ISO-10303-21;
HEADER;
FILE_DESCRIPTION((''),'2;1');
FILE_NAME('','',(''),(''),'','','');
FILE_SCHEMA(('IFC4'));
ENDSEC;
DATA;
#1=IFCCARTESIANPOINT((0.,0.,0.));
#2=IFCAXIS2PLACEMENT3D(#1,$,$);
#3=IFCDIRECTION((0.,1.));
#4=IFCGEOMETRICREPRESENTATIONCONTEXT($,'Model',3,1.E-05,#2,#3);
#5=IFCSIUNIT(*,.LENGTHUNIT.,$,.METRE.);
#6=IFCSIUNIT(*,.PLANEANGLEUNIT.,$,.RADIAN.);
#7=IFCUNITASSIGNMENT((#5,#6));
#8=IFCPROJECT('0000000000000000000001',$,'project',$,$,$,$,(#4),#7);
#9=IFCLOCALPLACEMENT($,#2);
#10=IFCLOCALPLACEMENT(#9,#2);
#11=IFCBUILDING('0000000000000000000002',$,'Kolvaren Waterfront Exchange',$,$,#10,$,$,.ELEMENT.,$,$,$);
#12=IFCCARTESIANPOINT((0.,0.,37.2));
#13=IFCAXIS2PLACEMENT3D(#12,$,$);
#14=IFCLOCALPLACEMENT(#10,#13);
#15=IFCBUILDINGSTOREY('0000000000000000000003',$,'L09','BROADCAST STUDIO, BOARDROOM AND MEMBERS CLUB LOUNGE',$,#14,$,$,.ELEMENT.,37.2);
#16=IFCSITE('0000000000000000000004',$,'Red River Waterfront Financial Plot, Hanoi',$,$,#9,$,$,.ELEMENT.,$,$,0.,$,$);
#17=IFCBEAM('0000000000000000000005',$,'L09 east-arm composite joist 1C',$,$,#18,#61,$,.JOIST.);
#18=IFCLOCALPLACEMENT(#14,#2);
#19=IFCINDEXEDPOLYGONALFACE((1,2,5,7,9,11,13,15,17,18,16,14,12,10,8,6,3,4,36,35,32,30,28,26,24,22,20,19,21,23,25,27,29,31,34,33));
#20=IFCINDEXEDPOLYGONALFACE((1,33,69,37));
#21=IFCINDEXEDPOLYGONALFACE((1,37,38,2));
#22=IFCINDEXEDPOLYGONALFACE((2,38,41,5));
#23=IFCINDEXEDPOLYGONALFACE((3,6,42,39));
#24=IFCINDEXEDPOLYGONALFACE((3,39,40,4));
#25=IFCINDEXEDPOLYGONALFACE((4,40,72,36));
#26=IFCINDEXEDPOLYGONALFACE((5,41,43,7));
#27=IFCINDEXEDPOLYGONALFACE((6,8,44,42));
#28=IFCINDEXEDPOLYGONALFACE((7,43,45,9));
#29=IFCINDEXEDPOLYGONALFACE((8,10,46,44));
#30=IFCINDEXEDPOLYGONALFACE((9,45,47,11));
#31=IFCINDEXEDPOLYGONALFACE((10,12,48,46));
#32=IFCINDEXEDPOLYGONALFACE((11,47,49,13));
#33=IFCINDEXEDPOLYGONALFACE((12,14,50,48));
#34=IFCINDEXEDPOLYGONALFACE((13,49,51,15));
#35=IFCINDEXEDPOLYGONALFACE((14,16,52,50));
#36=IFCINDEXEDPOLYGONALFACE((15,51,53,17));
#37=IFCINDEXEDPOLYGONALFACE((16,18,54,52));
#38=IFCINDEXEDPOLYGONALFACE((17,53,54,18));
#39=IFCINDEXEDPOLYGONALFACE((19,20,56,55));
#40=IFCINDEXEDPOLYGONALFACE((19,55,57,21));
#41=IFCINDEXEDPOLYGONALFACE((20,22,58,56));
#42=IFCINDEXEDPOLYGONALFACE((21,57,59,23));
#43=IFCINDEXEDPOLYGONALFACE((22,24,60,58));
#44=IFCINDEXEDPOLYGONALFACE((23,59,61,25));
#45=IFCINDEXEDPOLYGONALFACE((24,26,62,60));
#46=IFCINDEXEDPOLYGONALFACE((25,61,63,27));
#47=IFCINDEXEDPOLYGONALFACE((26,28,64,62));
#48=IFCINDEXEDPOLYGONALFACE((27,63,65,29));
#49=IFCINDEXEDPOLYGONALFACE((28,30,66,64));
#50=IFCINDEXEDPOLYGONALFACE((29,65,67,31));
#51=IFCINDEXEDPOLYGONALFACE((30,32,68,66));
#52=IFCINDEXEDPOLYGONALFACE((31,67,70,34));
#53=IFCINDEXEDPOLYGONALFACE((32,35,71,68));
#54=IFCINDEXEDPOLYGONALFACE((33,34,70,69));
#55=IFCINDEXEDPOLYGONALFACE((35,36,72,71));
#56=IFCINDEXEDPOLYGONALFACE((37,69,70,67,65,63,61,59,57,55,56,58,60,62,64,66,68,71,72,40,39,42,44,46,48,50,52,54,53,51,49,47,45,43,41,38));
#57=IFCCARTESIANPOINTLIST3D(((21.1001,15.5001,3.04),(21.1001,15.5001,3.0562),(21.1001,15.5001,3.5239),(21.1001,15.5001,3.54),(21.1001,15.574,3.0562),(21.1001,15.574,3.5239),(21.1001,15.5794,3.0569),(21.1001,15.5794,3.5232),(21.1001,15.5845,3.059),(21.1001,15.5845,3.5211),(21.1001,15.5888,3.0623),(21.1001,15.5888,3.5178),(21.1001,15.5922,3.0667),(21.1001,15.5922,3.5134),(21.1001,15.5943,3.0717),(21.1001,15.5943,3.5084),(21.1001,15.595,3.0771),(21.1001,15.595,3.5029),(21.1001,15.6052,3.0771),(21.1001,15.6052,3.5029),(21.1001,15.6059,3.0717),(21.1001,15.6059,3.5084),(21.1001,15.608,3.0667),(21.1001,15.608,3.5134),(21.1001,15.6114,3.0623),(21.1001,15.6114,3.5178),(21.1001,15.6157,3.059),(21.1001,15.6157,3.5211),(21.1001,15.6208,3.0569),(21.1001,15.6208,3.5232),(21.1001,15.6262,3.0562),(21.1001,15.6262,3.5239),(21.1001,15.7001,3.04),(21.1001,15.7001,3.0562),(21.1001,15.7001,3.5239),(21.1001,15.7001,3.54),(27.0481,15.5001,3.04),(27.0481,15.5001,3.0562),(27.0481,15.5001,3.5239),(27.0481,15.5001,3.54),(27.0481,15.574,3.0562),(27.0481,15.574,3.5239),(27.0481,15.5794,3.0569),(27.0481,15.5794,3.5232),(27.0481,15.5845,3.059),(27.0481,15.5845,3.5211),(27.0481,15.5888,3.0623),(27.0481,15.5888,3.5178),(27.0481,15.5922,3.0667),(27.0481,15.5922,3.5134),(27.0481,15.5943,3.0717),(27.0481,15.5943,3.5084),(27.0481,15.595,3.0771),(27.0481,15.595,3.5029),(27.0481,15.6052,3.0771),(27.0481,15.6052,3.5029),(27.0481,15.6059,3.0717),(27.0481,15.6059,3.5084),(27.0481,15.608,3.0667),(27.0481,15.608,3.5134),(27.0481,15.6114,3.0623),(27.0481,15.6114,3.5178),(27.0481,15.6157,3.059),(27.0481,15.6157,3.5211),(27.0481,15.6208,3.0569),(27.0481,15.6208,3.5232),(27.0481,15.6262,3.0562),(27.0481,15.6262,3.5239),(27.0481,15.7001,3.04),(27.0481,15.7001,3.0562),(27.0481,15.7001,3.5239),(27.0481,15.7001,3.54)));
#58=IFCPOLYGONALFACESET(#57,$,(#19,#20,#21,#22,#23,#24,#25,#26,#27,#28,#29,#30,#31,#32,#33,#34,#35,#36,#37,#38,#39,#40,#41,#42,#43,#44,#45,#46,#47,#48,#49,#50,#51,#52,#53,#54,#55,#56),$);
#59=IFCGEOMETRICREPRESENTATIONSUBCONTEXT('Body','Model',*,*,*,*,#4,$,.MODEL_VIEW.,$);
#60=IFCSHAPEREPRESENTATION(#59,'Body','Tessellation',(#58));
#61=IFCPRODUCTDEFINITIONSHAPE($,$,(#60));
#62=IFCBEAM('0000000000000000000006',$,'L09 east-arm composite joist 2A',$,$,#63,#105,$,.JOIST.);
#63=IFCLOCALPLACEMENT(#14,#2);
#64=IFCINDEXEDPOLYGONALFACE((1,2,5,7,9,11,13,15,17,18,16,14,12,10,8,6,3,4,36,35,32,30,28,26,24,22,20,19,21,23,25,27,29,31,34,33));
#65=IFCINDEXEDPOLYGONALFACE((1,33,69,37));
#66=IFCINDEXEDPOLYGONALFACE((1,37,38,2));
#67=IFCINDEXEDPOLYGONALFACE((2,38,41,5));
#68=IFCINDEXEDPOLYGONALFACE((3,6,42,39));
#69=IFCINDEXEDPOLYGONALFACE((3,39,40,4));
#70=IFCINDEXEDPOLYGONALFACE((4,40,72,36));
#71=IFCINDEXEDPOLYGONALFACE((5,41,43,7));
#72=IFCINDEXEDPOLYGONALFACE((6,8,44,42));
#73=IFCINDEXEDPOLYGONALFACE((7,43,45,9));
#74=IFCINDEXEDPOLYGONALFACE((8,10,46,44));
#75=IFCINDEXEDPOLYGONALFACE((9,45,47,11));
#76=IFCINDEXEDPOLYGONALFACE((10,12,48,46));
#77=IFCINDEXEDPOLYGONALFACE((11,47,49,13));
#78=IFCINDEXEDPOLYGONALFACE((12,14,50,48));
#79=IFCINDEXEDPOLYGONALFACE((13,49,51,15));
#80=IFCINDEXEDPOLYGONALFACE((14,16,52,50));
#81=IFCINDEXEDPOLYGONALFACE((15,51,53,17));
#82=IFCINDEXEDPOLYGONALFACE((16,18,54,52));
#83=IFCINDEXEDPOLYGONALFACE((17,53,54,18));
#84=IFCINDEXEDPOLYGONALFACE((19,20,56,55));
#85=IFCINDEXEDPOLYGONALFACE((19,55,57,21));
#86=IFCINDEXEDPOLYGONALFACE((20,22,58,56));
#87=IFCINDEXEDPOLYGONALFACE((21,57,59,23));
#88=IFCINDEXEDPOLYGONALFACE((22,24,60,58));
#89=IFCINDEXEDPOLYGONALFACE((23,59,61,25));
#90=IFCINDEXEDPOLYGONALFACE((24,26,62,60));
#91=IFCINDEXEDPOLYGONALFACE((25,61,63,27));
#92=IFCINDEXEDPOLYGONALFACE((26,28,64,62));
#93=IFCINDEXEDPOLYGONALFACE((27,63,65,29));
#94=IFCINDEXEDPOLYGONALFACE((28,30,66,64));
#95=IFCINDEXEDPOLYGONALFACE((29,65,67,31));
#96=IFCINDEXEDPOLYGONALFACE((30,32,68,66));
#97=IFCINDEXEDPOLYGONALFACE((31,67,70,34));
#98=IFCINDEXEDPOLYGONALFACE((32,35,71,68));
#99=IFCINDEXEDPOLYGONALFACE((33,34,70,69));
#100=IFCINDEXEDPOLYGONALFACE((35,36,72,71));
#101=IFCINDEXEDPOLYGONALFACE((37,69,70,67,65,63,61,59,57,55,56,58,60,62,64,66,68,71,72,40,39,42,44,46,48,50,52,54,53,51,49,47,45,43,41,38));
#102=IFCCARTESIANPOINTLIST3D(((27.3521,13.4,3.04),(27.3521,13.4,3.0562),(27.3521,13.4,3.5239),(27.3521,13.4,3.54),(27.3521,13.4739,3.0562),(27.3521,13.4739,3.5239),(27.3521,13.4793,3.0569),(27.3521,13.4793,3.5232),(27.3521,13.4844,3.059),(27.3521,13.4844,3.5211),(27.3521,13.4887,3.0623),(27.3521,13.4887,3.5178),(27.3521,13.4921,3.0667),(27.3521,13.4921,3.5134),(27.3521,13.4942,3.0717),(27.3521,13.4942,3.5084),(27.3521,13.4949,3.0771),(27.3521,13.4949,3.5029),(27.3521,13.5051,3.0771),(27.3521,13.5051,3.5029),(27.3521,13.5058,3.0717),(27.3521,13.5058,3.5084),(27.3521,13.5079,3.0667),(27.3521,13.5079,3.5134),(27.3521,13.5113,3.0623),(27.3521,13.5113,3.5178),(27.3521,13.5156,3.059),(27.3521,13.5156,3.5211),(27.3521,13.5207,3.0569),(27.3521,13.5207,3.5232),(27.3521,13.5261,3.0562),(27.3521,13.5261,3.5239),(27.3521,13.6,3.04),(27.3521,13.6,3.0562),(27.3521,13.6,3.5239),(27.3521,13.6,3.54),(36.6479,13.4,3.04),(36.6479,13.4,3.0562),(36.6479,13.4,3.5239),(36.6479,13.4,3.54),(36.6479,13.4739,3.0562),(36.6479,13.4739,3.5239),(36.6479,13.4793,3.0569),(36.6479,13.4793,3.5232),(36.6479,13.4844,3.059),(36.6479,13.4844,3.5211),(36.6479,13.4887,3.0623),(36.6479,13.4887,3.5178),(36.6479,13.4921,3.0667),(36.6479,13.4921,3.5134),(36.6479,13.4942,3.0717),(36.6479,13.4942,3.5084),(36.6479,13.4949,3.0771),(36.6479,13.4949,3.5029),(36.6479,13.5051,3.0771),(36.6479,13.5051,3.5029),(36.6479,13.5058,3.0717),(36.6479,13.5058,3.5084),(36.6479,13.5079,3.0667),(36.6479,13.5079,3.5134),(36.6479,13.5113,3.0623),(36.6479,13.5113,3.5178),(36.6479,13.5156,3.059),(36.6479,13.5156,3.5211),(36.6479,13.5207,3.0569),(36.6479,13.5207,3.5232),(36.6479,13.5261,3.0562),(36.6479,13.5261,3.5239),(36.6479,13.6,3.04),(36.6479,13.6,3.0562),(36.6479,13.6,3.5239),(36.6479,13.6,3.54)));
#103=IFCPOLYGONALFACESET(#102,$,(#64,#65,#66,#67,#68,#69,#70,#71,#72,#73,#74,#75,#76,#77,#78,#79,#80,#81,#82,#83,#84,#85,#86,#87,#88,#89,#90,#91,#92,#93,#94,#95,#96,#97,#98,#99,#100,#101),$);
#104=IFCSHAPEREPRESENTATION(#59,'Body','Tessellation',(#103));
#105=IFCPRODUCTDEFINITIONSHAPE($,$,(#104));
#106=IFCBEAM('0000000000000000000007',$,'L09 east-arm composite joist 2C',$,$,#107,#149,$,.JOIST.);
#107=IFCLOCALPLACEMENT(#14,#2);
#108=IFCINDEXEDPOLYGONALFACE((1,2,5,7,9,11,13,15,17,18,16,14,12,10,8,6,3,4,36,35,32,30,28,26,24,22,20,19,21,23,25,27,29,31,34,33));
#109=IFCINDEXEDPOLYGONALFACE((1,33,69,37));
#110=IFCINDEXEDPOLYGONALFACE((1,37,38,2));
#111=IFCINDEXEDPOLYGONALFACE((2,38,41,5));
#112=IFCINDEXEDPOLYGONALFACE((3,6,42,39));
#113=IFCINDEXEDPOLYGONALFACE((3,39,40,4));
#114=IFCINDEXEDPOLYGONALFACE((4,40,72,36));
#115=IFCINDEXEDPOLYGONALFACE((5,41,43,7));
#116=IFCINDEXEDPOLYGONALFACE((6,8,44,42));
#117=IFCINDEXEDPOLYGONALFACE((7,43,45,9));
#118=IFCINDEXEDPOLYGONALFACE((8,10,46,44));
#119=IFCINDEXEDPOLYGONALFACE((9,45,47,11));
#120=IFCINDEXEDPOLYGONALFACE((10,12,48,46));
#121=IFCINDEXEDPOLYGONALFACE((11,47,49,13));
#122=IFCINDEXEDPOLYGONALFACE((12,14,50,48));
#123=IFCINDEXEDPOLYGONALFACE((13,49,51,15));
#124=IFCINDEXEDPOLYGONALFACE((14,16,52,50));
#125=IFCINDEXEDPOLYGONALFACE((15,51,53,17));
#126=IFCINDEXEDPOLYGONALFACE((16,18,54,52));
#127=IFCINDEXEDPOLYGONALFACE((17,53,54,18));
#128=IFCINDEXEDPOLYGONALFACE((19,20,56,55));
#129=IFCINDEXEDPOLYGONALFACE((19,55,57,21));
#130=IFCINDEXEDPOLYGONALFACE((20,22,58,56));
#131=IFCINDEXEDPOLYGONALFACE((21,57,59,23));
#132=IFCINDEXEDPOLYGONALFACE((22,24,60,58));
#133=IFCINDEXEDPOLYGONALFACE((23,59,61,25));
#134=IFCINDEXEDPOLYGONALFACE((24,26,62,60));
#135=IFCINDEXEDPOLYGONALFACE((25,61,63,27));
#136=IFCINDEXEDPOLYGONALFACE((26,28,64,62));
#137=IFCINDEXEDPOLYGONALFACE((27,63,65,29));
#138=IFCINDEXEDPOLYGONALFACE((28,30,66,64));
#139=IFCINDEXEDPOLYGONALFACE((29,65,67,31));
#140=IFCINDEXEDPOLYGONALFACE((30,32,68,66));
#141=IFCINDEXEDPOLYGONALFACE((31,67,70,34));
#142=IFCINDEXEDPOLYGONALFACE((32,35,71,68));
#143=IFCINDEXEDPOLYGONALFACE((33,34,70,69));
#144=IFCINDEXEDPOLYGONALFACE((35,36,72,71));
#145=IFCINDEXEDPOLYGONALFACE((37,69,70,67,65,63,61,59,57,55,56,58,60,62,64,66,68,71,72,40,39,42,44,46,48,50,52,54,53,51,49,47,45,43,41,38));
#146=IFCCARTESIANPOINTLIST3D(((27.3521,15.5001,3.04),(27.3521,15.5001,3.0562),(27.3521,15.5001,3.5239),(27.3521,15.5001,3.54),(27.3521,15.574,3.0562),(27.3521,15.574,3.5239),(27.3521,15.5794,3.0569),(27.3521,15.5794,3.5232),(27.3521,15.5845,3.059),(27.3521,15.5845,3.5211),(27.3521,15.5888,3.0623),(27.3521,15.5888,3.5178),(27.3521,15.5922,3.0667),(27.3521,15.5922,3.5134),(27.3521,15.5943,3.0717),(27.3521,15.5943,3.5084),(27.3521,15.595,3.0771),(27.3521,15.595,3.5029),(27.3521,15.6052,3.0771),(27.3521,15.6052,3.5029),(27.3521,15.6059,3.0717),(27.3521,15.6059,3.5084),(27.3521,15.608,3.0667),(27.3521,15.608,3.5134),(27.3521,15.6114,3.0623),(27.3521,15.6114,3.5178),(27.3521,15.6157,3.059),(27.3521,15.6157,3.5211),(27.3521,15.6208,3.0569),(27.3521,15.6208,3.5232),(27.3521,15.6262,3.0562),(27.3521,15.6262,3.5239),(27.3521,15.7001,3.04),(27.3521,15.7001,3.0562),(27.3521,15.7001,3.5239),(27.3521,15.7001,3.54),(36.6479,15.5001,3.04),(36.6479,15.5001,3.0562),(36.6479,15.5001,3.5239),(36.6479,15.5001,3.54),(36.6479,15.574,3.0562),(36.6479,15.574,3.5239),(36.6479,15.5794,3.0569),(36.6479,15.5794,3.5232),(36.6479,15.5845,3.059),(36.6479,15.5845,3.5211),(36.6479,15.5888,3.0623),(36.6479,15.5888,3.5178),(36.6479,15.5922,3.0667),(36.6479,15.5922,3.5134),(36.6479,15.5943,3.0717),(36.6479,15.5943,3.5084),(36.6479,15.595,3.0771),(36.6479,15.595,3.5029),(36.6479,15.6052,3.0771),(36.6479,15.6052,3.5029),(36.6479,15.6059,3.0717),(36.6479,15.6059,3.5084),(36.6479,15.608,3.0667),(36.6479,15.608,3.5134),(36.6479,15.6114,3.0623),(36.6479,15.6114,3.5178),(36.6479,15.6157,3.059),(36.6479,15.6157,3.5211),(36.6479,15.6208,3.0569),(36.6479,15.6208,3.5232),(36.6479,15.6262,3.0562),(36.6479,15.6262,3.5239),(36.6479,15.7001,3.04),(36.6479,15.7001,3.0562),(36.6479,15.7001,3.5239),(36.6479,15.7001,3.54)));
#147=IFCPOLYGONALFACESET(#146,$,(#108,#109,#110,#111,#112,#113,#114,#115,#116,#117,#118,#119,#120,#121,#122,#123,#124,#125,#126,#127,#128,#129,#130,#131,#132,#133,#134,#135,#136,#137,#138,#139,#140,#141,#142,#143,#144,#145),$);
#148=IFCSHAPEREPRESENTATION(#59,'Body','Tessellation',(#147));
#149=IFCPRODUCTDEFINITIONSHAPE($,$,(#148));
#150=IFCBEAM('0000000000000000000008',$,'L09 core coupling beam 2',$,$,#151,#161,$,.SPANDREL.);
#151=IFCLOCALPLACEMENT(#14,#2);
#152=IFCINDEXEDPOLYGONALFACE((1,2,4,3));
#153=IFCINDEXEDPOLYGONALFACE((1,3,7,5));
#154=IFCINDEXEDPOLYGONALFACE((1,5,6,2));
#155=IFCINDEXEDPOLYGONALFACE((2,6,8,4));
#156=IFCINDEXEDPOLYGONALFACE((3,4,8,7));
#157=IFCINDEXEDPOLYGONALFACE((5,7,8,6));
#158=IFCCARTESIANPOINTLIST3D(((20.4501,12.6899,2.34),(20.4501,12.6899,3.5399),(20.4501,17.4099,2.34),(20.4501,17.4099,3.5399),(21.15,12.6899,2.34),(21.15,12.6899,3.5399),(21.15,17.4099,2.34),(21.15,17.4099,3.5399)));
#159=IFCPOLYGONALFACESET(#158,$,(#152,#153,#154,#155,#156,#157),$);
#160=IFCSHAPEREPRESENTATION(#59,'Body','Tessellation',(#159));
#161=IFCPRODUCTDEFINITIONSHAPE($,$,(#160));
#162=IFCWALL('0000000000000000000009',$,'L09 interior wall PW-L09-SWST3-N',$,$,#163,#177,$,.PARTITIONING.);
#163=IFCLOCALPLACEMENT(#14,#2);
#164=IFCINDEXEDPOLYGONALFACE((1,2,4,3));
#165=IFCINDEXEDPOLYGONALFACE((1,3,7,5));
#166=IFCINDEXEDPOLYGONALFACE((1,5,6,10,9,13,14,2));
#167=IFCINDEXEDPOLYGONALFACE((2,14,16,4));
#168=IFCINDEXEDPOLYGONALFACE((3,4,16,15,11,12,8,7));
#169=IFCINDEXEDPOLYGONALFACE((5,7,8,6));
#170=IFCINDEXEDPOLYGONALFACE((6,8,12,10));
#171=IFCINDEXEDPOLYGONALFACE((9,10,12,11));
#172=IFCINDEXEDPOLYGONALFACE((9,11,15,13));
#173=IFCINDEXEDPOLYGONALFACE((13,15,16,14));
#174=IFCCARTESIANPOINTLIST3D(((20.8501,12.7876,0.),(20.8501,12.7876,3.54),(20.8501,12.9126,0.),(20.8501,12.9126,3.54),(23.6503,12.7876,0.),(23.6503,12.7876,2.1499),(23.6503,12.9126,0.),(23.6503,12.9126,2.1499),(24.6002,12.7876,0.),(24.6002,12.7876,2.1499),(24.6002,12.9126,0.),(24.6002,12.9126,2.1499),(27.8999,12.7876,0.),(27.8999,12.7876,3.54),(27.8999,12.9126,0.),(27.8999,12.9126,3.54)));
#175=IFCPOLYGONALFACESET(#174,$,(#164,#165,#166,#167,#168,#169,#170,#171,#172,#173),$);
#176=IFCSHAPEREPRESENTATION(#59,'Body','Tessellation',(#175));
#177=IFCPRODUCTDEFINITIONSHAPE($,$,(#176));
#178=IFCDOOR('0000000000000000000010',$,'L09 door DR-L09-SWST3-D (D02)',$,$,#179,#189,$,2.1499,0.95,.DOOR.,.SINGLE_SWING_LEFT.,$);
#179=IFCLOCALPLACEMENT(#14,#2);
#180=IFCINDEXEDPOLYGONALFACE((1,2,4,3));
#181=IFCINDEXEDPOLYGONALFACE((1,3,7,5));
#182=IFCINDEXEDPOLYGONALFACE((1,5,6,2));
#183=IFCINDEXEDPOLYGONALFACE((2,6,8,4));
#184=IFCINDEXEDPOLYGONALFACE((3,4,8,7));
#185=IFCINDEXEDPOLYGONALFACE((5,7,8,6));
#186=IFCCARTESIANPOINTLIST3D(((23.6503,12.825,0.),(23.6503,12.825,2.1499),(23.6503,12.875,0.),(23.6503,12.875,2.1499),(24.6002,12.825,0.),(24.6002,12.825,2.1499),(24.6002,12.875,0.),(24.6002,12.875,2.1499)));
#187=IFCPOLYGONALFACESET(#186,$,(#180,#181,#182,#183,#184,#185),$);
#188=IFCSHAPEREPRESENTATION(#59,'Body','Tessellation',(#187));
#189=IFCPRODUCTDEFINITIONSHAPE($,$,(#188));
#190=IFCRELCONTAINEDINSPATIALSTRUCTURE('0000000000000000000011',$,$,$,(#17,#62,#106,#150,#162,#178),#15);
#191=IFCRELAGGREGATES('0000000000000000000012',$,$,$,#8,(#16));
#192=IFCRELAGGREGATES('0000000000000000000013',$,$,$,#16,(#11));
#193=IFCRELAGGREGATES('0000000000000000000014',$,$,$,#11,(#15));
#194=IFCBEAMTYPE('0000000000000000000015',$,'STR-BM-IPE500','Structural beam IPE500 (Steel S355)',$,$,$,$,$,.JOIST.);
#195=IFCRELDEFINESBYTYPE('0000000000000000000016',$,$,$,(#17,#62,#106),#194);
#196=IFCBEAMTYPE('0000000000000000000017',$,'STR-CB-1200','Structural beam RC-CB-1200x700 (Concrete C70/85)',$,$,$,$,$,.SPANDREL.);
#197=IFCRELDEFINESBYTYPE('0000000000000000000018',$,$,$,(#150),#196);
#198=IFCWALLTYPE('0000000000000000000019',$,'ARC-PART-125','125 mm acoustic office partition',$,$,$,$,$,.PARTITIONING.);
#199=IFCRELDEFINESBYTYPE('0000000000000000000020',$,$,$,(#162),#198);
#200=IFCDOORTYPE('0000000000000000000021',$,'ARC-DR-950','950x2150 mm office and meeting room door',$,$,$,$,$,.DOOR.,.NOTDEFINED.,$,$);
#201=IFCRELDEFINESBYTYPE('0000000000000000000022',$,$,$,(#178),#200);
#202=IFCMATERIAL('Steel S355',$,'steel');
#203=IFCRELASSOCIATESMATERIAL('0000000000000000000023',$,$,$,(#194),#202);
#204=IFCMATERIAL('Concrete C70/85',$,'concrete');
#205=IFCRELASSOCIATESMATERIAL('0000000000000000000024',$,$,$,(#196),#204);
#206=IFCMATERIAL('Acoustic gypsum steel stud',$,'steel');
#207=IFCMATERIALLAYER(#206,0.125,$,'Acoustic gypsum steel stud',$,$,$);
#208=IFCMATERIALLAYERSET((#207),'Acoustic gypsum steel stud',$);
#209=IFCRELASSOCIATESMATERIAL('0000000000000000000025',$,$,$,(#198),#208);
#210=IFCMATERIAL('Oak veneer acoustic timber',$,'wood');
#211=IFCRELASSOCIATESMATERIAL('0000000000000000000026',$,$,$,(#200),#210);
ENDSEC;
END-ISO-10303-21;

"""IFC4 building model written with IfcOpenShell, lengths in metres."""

from ifc_helpers import new_model, si_unit, direction, frame, frame_2d, origin, origin_2d, place, context, subcontext, project, spatial, rectangle, i_section, extrude, material, layer, layer_set, material_profile, profile_set, type_object, element, fill, save


model = new_model("IFC4")

# Units and contexts
model_context = context("Model", 3, precision=1e-05, world=origin(), true_north=direction((0.0, 1.0)))
body_context = subcontext(model_context, "Body", "Model", "MODEL_VIEW")
ifc_project = project(units=[si_unit("LENGTHUNIT", "METRE"), si_unit("PLANEANGLEUNIT", "RADIAN")], contexts=[model_context])

# Site, building, storey
site_placement = place(None, origin())
site = spatial("IfcSite", under=ifc_project, at=site_placement, Name="Red River Waterfront Financial Plot, Hanoi", CompositionType="ELEMENT", RefElevation=0.0)
building_placement = place(site_placement, origin())
building = spatial("IfcBuilding", under=site, at=building_placement, Name="Kolvaren Waterfront Exchange", CompositionType="ELEMENT")
storey_placement = place(building_placement, frame((0.0, 0.0, 37.2)))
storey = spatial("IfcBuildingStorey", under=building, at=storey_placement, Name="L09", Description="BROADCAST STUDIO, BOARDROOM AND MEMBERS CLUB LOUNGE", CompositionType="ELEMENT", Elevation=37.2)

# Shared definitions
ifc_material_1 = material(Name="Concrete C70/85", Category="concrete")

# Beams
ifc_material_2 = material(Name="Steel S355", Category="steel")
ifc_material_profile_1 = material_profile(ifc_material_2, i_section(OverallWidth=0.2, OverallDepth=0.5, WebThickness=0.0103, FlangeThickness=0.0161, FilletRadius=0.021, at=origin_2d()), Name="IPE500")
ifc_profile_set_1 = profile_set([ifc_material_profile_1], Name="Steel S355")
beam_type_1 = type_object("IfcBeamType", Name="STR-BM-IPE500", Description="Structural beam IPE500 (Steel S355)", PredefinedType="JOIST", material=ifc_profile_set_1)
for number, where, z_axis, x_axis, name in (
    (1, (21.1001, 15.6001, 3.29), (1.0, 0.0, 0.0), (0.0, 1.0, 0.0), "L09 east-arm composite joist 1C"),
):
    element("IfcBeam", number, at=place(storey_placement, frame(where, z_axis=z_axis, x_axis=x_axis)), inside=storey, type_object=beam_type_1, Name=name, PredefinedType="JOIST", context=body_context, shape_type="SweptSolid", body=[
        extrude(i_section(OverallWidth=0.2, OverallDepth=0.5, WebThickness=0.0103, FlangeThickness=0.0161, FilletRadius=0.021, at=origin_2d()), origin(), (0.0, 0.0, 1.0), 5.948),
    ])
for number, where, z_axis, x_axis, name in (
    (2, (27.3521, 13.5, 3.29), (1.0, 0.0, 0.0), (0.0, 1.0, 0.0), "L09 east-arm composite joist 2A"),
    (3, (27.3521, 15.6001, 3.29), (1.0, 0.0, 0.0), (0.0, 1.0, 0.0), "L09 east-arm composite joist 2C"),
):
    element("IfcBeam", number, at=place(storey_placement, frame(where, z_axis=z_axis, x_axis=x_axis)), inside=storey, type_object=beam_type_1, Name=name, PredefinedType="JOIST", context=body_context, shape_type="SweptSolid", body=[
        extrude(i_section(OverallWidth=0.2, OverallDepth=0.5, WebThickness=0.0103, FlangeThickness=0.0161, FilletRadius=0.021, at=origin_2d()), origin(), (0.0, 0.0, 1.0), 9.2959),
    ])
ifc_material_profile_2 = material_profile(ifc_material_1, rectangle(XDim=0.7, YDim=1.2, at=origin_2d()), Name="RC-CB-1200x700")
ifc_profile_set_2 = profile_set([ifc_material_profile_2], Name="Concrete C70/85")
beam_type_2 = type_object("IfcBeamType", Name="STR-CB-1200", Description="Structural beam RC-CB-1200x700 (Concrete C70/85)", PredefinedType="SPANDREL", material=ifc_profile_set_2)
beam_1_placement = place(storey_placement, frame((20.8, 12.6899, 2.9399), z_axis=(0.0, 1.0, 0.0), x_axis=(-1.0, 0.0, 0.0)))
element("IfcBeam", 4, at=beam_1_placement, inside=storey, type_object=beam_type_2, Name="L09 core coupling beam 2", PredefinedType="SPANDREL", context=body_context, shape_type="SweptSolid", body=[
    extrude(rectangle(XDim=0.7, YDim=1.2, at=origin_2d()), origin(), (0.0, 0.0, 1.0), 4.72),
])

# Wall, opening, door
ifc_material_3 = material(Name="Acoustic gypsum steel stud", Category="steel")
ifc_layer_1 = layer(ifc_material_3, 0.125, Name="Acoustic gypsum steel stud")
ifc_layer_set_1 = layer_set([ifc_layer_1], Name="Acoustic gypsum steel stud")
wall_type_1 = type_object("IfcWallType", Name="ARC-PART-125", Description="125 mm acoustic office partition", PredefinedType="PARTITIONING", material=ifc_layer_set_1)
wall_1_placement = place(storey_placement, frame((20.8501, 12.8501, 0.0), z_axis=(0.0, 0.0, 1.0), x_axis=(1.0, 0.0, 0.0)))
wall_1 = element("IfcWall", 5, at=wall_1_placement, inside=storey, type_object=wall_type_1, Name="L09 interior wall PW-L09-SWST3-N", PredefinedType="PARTITIONING", context=body_context, shape_type="SweptSolid", body=[
    extrude(rectangle(XDim=7.0498, YDim=0.125, at=frame_2d((3.5249, 0.0))), origin(), (0.0, 0.0, 1.0), 3.54),
])
opening_1_placement = place(wall_1_placement, frame((2.8, 0.0, 0.0)))
opening_1 = element("IfcOpeningElement", 6, at=opening_1_placement, cuts=wall_1, PredefinedType="OPENING", context=body_context, shape_type="SweptSolid", body=[
    extrude(rectangle(XDim=0.95, YDim=2.1499, at=frame_2d((0.4751, 1.075))), frame((0.0, 0.0725, 0.0), z_axis=(0.0, -1.0, 0.0), x_axis=(1.0, 0.0, 0.0)), (0.0, 0.0, 1.0), 0.145),
])
ifc_material_4 = material(Name="Oak veneer acoustic timber", Category="wood")
door_type_1 = type_object("IfcDoorType", Name="ARC-DR-950", Description="950x2150 mm office and meeting room door", OperationType="NOTDEFINED", PredefinedType="DOOR", material=ifc_material_4)
door_1_placement = place(opening_1_placement, origin())
door_1 = element("IfcDoor", 7, at=door_1_placement, inside=storey, type_object=door_type_1, Name="L09 door DR-L09-SWST3-D (D02)", OperationType="SINGLE_SWING_LEFT", OverallHeight=2.1499, OverallWidth=0.95, PredefinedType="DOOR", context=body_context, shape_type="SweptSolid", body=[
    extrude(rectangle(XDim=0.95, YDim=2.1499, at=frame_2d((0.4751, 1.075))), frame((0.0, 0.0249, 0.0), z_axis=(0.0, -1.0, 0.0), x_axis=(1.0, 0.0, 0.0)), (0.0, 0.0, 1.0), 0.05),
])
fill(opening_1, door_1)

save(model, "model.ifc")
